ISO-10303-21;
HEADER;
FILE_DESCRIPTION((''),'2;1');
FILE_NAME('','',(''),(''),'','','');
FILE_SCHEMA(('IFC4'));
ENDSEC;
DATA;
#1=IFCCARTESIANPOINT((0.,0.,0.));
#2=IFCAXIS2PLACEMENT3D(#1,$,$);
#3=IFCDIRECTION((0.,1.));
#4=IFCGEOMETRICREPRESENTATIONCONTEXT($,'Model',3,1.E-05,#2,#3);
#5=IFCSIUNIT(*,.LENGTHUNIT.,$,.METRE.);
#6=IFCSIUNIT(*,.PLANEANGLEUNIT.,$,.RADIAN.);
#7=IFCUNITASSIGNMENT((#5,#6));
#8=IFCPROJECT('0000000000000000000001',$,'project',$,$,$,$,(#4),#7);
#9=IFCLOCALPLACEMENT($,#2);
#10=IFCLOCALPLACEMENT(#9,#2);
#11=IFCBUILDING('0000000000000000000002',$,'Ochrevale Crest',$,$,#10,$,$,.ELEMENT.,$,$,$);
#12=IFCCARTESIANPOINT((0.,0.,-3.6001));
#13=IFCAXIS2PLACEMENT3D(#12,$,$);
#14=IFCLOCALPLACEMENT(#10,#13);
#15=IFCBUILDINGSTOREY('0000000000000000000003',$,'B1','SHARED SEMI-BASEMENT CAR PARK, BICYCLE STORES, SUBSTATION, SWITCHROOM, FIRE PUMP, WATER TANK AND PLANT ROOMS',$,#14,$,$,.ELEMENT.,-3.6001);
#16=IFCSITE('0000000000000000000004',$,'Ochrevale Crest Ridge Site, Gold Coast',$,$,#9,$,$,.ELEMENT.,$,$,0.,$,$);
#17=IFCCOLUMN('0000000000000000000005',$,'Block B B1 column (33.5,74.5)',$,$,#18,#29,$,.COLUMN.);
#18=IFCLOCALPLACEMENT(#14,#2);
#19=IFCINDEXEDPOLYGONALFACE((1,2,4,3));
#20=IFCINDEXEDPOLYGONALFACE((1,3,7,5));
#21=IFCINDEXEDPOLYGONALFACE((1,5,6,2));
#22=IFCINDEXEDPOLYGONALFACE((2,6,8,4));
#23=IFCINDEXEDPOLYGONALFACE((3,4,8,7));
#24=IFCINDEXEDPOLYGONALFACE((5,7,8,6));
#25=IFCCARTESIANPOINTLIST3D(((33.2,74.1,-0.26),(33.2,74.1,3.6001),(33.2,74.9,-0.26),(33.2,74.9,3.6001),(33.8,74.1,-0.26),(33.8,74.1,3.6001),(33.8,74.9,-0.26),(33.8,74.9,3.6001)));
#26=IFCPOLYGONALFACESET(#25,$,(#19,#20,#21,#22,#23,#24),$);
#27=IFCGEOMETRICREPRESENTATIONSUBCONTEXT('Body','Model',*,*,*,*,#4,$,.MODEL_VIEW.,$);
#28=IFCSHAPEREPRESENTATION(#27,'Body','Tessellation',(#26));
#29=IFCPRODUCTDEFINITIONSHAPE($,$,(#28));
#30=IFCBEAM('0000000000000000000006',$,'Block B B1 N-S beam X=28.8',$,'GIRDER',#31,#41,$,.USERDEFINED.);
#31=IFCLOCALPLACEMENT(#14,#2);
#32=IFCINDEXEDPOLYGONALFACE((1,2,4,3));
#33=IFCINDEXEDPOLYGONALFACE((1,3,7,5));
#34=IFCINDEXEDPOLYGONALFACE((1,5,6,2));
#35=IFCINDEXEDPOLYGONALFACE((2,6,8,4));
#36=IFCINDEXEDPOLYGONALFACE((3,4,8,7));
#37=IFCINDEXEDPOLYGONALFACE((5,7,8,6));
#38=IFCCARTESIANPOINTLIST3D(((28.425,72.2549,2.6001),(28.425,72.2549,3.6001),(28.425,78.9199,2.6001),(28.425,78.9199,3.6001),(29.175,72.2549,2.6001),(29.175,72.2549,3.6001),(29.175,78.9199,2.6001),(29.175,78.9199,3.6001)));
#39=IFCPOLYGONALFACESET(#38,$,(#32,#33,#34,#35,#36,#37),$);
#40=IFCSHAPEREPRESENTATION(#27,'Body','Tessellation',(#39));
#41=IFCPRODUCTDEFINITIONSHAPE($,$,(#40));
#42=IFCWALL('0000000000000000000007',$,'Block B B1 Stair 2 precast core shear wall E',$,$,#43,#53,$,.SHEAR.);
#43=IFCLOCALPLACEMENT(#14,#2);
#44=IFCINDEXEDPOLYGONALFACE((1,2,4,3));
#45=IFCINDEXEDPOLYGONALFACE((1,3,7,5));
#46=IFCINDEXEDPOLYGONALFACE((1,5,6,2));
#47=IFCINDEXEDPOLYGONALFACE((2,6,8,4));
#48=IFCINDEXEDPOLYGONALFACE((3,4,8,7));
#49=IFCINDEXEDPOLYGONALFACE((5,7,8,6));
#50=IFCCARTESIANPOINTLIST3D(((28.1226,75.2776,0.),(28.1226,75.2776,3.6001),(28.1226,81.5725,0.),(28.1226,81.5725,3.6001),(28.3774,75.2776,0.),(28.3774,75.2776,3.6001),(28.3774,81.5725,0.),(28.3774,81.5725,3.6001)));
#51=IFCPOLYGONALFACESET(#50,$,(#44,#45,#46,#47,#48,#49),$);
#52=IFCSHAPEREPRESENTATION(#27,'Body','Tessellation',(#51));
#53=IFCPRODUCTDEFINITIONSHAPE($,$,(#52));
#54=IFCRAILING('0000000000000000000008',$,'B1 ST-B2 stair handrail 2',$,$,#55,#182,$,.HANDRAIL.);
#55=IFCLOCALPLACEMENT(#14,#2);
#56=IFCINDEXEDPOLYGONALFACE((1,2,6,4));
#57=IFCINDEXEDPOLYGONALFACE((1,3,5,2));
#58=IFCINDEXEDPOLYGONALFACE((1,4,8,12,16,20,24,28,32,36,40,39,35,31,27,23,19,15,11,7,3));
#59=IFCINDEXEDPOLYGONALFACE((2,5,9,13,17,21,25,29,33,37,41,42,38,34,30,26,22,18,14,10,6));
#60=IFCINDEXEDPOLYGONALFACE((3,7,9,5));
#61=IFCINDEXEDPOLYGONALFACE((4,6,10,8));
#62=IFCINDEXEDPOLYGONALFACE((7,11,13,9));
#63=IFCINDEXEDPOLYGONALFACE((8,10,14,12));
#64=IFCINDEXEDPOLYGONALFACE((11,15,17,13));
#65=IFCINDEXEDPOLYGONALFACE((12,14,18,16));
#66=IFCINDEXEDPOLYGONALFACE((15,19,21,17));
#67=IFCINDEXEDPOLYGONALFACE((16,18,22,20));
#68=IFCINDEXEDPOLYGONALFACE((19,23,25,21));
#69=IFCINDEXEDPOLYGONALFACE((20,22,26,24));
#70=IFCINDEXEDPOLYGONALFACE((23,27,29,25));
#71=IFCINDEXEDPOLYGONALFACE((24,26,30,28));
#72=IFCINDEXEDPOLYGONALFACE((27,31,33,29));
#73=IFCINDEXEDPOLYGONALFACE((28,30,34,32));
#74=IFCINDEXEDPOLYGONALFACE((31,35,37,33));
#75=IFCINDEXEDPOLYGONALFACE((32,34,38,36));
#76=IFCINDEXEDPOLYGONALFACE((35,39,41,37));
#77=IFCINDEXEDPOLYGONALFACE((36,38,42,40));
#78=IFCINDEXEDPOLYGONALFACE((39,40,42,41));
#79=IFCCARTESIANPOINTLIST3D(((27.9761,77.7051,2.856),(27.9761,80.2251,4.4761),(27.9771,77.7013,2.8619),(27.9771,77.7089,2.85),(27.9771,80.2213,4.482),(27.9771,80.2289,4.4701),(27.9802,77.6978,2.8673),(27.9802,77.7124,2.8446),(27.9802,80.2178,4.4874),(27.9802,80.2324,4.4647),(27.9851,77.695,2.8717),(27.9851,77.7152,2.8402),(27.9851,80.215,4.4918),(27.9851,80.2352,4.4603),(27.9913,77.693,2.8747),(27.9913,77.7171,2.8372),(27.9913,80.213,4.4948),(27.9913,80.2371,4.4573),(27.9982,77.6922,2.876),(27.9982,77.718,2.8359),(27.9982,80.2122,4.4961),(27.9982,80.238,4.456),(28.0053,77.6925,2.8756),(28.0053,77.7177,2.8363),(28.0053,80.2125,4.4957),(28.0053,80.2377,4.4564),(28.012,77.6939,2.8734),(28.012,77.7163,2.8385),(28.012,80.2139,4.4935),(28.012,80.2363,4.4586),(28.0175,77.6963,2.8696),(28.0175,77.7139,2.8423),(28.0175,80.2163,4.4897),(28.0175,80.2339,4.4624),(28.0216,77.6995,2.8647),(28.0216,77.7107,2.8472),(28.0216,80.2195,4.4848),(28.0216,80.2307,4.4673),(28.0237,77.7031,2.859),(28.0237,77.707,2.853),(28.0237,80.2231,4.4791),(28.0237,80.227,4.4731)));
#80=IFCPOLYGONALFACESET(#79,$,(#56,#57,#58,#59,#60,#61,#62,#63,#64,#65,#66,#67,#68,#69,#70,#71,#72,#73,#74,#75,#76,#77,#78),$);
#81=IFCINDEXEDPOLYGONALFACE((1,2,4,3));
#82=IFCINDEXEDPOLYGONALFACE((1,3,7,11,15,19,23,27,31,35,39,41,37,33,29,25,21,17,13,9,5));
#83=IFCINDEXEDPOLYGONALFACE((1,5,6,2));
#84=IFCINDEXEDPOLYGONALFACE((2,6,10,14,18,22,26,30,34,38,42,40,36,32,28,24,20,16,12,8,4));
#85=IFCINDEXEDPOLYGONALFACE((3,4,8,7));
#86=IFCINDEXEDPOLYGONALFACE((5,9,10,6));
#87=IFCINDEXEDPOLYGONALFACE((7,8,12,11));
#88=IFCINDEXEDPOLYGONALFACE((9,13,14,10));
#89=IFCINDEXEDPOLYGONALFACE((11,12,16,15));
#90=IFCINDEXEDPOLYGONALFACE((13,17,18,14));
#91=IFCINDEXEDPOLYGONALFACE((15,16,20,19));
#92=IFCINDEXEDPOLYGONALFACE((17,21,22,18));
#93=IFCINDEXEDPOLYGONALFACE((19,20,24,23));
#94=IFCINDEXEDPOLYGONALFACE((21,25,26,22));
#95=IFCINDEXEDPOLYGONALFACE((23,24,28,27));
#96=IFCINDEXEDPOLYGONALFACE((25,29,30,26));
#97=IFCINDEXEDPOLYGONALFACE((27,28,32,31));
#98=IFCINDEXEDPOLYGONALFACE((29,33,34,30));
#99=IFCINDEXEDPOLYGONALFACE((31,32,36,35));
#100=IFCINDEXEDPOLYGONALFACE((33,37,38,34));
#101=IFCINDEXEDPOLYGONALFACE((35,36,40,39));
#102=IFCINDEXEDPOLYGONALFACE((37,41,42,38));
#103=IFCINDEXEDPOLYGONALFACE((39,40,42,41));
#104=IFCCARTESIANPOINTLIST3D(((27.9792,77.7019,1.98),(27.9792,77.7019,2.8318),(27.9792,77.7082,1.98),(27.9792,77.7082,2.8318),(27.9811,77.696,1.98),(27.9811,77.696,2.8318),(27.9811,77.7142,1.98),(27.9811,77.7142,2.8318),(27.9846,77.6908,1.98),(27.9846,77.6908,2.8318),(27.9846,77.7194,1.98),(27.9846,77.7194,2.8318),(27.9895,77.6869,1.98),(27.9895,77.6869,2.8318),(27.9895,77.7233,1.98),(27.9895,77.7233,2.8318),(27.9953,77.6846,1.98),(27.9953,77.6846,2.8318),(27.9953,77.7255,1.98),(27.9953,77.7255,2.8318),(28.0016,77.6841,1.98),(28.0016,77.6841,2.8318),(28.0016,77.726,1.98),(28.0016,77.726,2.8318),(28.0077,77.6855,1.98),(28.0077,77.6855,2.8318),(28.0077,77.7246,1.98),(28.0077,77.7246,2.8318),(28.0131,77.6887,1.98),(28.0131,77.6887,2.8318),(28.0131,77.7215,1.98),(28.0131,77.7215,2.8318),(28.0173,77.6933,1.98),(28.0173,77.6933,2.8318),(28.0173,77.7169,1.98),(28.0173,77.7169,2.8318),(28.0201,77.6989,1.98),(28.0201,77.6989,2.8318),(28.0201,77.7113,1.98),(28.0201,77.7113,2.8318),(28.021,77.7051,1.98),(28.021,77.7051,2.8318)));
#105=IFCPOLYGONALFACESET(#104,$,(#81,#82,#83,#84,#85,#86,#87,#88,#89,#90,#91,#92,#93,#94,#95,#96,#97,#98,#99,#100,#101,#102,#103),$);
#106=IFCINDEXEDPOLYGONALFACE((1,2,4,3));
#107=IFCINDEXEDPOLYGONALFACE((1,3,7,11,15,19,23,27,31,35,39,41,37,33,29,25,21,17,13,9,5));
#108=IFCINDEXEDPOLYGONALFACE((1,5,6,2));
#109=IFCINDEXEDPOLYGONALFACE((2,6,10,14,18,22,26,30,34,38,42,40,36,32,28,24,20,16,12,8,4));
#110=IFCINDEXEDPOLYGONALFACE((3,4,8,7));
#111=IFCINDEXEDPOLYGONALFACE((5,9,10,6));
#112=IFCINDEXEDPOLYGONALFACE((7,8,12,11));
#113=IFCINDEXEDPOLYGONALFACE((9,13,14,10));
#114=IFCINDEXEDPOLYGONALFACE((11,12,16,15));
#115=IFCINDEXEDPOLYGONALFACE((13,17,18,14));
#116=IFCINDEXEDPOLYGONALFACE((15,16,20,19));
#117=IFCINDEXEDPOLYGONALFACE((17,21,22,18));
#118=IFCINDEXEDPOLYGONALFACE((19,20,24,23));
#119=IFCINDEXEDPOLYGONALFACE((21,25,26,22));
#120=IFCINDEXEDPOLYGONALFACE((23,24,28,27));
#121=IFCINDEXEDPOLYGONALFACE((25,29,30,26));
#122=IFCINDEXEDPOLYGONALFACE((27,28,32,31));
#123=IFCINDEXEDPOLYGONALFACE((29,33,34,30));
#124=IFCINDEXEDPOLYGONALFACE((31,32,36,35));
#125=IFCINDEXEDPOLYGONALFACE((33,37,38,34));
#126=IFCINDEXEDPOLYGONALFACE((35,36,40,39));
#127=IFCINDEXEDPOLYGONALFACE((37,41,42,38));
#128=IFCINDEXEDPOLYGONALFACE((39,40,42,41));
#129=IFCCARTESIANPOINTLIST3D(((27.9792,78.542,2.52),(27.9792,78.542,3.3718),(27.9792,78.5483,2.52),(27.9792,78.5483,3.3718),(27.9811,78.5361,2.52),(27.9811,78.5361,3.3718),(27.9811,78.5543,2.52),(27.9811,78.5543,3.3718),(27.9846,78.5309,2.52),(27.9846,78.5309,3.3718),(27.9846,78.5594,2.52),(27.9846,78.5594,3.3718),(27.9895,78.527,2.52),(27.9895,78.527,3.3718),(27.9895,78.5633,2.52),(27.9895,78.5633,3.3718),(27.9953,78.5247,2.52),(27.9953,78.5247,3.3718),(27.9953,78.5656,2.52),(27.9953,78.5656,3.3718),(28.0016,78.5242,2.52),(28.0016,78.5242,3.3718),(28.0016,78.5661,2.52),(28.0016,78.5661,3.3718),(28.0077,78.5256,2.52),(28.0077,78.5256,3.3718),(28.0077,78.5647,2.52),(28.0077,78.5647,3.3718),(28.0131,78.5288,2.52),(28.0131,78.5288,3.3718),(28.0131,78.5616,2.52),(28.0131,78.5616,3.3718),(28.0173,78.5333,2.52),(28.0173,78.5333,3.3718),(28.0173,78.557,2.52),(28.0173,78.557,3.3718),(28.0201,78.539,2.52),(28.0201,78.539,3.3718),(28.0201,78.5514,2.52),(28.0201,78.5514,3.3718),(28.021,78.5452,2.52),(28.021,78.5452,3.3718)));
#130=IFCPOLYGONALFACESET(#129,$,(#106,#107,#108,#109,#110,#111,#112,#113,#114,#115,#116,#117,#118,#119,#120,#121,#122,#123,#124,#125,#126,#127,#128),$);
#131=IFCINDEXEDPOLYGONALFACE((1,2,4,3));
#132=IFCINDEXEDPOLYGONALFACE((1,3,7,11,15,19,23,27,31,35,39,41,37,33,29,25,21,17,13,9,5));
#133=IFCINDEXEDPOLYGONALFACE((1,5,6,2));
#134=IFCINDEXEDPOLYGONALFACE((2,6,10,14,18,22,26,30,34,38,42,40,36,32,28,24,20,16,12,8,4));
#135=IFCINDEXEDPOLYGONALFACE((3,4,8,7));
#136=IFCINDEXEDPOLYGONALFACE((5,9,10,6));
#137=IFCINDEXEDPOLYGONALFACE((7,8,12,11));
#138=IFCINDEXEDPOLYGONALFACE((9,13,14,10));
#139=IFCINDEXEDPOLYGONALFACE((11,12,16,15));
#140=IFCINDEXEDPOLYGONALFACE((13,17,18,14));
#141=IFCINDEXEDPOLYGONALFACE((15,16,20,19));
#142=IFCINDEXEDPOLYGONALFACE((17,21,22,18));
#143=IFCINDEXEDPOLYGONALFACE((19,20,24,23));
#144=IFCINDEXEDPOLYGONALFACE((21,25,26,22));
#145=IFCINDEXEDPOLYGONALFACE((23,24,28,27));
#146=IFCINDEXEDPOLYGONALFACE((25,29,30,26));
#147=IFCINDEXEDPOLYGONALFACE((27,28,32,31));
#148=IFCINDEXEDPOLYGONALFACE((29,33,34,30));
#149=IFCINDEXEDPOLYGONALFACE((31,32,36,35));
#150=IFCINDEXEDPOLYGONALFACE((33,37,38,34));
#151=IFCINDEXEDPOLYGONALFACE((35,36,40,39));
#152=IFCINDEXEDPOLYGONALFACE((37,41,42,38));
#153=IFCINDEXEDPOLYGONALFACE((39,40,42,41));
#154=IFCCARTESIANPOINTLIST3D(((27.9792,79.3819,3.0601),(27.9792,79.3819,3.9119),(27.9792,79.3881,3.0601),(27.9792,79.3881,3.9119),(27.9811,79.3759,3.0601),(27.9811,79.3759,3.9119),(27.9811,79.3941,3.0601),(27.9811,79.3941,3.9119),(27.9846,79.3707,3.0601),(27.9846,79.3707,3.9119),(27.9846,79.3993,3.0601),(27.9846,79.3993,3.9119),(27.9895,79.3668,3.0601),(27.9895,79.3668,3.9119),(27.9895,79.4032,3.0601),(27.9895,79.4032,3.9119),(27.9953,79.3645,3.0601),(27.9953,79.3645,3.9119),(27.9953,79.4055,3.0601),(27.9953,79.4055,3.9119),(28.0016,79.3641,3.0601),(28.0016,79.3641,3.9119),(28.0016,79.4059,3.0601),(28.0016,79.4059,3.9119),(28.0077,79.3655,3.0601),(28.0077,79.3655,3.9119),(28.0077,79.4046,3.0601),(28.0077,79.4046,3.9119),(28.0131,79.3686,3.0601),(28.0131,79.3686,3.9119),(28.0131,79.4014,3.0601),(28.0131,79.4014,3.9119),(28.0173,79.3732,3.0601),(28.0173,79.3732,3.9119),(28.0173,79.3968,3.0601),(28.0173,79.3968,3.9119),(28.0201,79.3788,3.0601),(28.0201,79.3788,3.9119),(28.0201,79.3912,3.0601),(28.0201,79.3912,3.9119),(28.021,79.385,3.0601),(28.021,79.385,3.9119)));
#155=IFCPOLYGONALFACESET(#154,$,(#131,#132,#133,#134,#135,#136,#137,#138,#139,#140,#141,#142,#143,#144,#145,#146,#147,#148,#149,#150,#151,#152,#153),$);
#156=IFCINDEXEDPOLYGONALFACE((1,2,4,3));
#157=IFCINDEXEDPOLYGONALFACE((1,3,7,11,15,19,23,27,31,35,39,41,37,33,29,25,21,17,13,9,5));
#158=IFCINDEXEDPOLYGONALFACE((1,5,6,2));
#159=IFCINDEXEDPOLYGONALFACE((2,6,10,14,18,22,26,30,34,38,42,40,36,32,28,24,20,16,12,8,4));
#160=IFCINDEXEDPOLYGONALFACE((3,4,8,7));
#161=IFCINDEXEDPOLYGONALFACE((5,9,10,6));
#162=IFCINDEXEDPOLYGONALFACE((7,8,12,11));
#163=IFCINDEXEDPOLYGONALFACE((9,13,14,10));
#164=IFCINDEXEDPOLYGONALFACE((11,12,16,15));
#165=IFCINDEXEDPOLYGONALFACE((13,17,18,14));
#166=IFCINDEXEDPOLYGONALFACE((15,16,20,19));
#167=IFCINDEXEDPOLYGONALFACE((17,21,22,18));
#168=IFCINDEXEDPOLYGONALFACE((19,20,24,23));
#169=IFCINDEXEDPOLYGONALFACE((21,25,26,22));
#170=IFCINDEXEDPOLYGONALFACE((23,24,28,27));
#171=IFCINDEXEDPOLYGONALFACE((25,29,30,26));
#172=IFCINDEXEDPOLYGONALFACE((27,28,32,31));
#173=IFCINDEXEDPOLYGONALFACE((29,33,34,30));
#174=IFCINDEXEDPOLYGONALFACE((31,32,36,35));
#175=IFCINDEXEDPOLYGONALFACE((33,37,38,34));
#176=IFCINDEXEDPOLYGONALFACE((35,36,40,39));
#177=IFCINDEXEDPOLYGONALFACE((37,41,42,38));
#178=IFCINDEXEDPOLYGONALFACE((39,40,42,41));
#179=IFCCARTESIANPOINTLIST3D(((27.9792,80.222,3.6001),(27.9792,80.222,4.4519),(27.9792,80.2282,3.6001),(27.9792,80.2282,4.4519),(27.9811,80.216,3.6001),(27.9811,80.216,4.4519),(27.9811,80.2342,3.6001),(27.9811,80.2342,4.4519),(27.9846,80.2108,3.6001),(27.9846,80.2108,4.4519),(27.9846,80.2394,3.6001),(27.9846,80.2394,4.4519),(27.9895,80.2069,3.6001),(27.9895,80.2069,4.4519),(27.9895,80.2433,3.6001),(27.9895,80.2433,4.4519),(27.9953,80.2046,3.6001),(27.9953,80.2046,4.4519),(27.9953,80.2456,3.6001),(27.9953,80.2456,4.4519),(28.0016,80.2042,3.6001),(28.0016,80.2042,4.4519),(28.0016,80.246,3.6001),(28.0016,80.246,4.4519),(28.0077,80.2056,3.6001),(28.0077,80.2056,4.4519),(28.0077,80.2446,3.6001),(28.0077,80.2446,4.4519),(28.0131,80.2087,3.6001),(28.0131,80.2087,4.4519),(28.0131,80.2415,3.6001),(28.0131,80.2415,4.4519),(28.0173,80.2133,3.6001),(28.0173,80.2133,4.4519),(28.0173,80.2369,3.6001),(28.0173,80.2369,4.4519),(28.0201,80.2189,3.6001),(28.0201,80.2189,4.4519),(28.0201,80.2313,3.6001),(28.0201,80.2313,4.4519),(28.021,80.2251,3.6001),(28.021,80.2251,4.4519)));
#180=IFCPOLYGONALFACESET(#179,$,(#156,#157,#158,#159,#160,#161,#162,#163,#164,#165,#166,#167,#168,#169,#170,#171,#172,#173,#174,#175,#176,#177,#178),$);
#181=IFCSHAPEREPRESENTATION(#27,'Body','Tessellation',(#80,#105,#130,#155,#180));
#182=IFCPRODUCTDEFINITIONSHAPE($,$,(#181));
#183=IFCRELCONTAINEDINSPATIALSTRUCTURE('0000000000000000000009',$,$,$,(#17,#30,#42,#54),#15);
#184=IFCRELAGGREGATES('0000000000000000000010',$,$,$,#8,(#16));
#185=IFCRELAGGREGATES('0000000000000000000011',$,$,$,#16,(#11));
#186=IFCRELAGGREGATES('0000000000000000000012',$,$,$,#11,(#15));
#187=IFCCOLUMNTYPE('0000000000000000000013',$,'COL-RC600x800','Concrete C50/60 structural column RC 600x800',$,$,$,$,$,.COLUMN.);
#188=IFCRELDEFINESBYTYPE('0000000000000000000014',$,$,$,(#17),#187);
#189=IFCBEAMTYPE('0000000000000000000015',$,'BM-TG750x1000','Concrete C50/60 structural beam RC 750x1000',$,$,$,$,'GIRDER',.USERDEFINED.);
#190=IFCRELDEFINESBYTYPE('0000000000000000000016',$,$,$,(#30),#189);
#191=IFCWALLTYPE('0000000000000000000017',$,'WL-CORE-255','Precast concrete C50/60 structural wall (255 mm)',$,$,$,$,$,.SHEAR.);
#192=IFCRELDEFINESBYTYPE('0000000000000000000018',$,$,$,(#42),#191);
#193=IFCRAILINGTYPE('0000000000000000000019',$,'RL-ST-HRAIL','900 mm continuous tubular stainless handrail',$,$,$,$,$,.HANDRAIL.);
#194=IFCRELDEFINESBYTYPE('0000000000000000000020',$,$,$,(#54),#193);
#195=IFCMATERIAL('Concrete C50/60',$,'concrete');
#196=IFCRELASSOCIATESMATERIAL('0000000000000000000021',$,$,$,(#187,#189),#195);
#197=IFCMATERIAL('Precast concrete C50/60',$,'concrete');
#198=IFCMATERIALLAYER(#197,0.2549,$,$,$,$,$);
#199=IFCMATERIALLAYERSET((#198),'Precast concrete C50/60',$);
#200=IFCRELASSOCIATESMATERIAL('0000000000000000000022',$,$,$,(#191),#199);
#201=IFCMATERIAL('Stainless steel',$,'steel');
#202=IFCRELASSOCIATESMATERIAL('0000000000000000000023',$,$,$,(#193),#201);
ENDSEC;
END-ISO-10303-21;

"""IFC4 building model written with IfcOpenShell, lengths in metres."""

from ifc_helpers import new_model, si_unit, direction, frame, frame_2d, origin, origin_2d, place, context, subcontext, project, spatial, rectangle, circle, extrude, material, layer, layer_set, material_profile, profile_set, type_object, element, save


model = new_model("IFC4")

# Units and contexts
model_context = context("Model", 3, precision=1e-05, world=origin(), true_north=direction((0.0, 1.0)))
body_context = subcontext(model_context, "Body", "Model", "MODEL_VIEW")
ifc_project = project(units=[si_unit("LENGTHUNIT", "METRE"), si_unit("PLANEANGLEUNIT", "RADIAN")], contexts=[model_context])

# Site, building, storey
site_placement = place(None, origin())
site = spatial("IfcSite", under=ifc_project, at=site_placement, Name="Ochrevale Crest Ridge Site, Gold Coast", CompositionType="ELEMENT", RefElevation=0.0)
building_placement = place(site_placement, origin())
building = spatial("IfcBuilding", under=site, at=building_placement, Name="Ochrevale Crest", CompositionType="ELEMENT")
storey_placement = place(building_placement, frame((0.0, 0.0, -3.6001)))
storey = spatial("IfcBuildingStorey", under=building, at=storey_placement, Name="B1", Description="SHARED SEMI-BASEMENT CAR PARK, BICYCLE STORES, SUBSTATION, SWITCHROOM, FIRE PUMP, WATER TANK AND PLANT ROOMS", CompositionType="ELEMENT", Elevation=-3.6001)

# Column
ifc_material_1 = material(Name="Precast concrete C50/60", Category="concrete")
ifc_material_2 = material(Name="Concrete C50/60", Category="concrete")
ifc_material_profile_1 = material_profile(ifc_material_2, rectangle(XDim=0.6001, YDim=0.8, at=origin_2d()), Name="RC 600x800")
ifc_profile_set_1 = profile_set([ifc_material_profile_1], Name="Concrete C50/60")
column_type_1 = type_object("IfcColumnType", Name="COL-RC600x800", Description="Concrete C50/60 structural column RC 600x800", PredefinedType="COLUMN", material=ifc_profile_set_1)
column_1_placement = place(storey_placement, frame((33.5, 74.5, -0.26), z_axis=(0.0, 0.0, 1.0), x_axis=(1.0, 0.0, 0.0)))
element("IfcColumn", 1, at=column_1_placement, inside=storey, type_object=column_type_1, Name="Block B B1 column (33.5,74.5)", PredefinedType="COLUMN", context=body_context, shape_type="SweptSolid", body=[
    extrude(rectangle(XDim=0.6001, YDim=0.8, at=origin_2d()), origin(), (0.0, 0.0, 1.0), 3.8601),
])

# Beam
ifc_material_profile_2 = material_profile(ifc_material_2, rectangle(XDim=0.75, YDim=1.0, at=origin_2d()), Name="RC 750x1000")
ifc_profile_set_2 = profile_set([ifc_material_profile_2], Name="Concrete C50/60")
beam_type = type_object("IfcBeamType", Name="BM-TG750x1000", Description="Concrete C50/60 structural beam RC 750x1000", ElementType="GIRDER", PredefinedType="USERDEFINED", material=ifc_profile_set_2)
beam_placement = place(storey_placement, frame((28.8, 72.2549, 3.1001), z_axis=(0.0, 1.0, 0.0), x_axis=(-1.0, 0.0, 0.0)))
element("IfcBeam", 2, at=beam_placement, inside=storey, type_object=beam_type, Name="Block B B1 N-S beam X=28.8", ObjectType="GIRDER", PredefinedType="USERDEFINED", context=body_context, shape_type="SweptSolid", body=[
    extrude(rectangle(XDim=0.75, YDim=1.0, at=origin_2d()), origin(), (0.0, 0.0, 1.0), 6.665),
])

# Wall
ifc_layer = layer(ifc_material_1, 0.2549)
ifc_layer_set = layer_set([ifc_layer], Name="Precast concrete C50/60")
wall_type = type_object("IfcWallType", Name="WL-CORE-255", Description="Precast concrete C50/60 structural wall (255 mm)", PredefinedType="SHEAR", material=ifc_layer_set)
wall_placement = place(storey_placement, frame((28.25, 75.2776, 0.0), z_axis=(0.0, 0.0, 1.0), x_axis=(0.0, 1.0, 0.0)))
element("IfcWall", 3, at=wall_placement, inside=storey, type_object=wall_type, Name="Block B B1 Stair 2 precast core shear wall E", PredefinedType="SHEAR", context=body_context, shape_type="SweptSolid", body=[
    extrude(rectangle(XDim=6.2949, YDim=0.2549, at=frame_2d((3.1475, 0.0))), origin(), (0.0, 0.0, 1.0), 3.6001),
])

# Railing
ifc_material_3 = material(Name="Stainless steel", Category="steel")
railing_type = type_object("IfcRailingType", Name="RL-ST-HRAIL", Description="900 mm continuous tubular stainless handrail", PredefinedType="HANDRAIL", material=ifc_material_3)
railing_placement = place(storey_placement, frame((28.0, 77.7051, 1.98)))
element("IfcRailing", 4, at=railing_placement, inside=storey, type_object=railing_type, Name="B1 ST-B2 stair handrail 2", PredefinedType="HANDRAIL", context=body_context, shape_type="SweptSolid", body=[
    extrude(circle(Radius=0.0239, at=origin_2d()), frame((0.0, 0.0, 0.876), z_axis=(0.0, 0.841163, 0.540782), x_axis=(-1.0, 0.0, 0.0)), (0.0, 0.0, 1.0), 2.9958),
    extrude(circle(Radius=0.021, at=origin_2d()), origin(), (0.0, 0.0, 1.0), 0.8518),
    extrude(circle(Radius=0.021, at=origin_2d()), frame((0.0, 0.8401, 0.54)), (0.0, 0.0, 1.0), 0.8518),
    extrude(circle(Radius=0.021, at=origin_2d()), frame((0.0, 1.6799, 1.0801)), (0.0, 0.0, 1.0), 0.8518),
    extrude(circle(Radius=0.021, at=origin_2d()), frame((0.0, 2.52, 1.6201)), (0.0, 0.0, 1.0), 0.8518),
])

save(model, "model.ifc")
